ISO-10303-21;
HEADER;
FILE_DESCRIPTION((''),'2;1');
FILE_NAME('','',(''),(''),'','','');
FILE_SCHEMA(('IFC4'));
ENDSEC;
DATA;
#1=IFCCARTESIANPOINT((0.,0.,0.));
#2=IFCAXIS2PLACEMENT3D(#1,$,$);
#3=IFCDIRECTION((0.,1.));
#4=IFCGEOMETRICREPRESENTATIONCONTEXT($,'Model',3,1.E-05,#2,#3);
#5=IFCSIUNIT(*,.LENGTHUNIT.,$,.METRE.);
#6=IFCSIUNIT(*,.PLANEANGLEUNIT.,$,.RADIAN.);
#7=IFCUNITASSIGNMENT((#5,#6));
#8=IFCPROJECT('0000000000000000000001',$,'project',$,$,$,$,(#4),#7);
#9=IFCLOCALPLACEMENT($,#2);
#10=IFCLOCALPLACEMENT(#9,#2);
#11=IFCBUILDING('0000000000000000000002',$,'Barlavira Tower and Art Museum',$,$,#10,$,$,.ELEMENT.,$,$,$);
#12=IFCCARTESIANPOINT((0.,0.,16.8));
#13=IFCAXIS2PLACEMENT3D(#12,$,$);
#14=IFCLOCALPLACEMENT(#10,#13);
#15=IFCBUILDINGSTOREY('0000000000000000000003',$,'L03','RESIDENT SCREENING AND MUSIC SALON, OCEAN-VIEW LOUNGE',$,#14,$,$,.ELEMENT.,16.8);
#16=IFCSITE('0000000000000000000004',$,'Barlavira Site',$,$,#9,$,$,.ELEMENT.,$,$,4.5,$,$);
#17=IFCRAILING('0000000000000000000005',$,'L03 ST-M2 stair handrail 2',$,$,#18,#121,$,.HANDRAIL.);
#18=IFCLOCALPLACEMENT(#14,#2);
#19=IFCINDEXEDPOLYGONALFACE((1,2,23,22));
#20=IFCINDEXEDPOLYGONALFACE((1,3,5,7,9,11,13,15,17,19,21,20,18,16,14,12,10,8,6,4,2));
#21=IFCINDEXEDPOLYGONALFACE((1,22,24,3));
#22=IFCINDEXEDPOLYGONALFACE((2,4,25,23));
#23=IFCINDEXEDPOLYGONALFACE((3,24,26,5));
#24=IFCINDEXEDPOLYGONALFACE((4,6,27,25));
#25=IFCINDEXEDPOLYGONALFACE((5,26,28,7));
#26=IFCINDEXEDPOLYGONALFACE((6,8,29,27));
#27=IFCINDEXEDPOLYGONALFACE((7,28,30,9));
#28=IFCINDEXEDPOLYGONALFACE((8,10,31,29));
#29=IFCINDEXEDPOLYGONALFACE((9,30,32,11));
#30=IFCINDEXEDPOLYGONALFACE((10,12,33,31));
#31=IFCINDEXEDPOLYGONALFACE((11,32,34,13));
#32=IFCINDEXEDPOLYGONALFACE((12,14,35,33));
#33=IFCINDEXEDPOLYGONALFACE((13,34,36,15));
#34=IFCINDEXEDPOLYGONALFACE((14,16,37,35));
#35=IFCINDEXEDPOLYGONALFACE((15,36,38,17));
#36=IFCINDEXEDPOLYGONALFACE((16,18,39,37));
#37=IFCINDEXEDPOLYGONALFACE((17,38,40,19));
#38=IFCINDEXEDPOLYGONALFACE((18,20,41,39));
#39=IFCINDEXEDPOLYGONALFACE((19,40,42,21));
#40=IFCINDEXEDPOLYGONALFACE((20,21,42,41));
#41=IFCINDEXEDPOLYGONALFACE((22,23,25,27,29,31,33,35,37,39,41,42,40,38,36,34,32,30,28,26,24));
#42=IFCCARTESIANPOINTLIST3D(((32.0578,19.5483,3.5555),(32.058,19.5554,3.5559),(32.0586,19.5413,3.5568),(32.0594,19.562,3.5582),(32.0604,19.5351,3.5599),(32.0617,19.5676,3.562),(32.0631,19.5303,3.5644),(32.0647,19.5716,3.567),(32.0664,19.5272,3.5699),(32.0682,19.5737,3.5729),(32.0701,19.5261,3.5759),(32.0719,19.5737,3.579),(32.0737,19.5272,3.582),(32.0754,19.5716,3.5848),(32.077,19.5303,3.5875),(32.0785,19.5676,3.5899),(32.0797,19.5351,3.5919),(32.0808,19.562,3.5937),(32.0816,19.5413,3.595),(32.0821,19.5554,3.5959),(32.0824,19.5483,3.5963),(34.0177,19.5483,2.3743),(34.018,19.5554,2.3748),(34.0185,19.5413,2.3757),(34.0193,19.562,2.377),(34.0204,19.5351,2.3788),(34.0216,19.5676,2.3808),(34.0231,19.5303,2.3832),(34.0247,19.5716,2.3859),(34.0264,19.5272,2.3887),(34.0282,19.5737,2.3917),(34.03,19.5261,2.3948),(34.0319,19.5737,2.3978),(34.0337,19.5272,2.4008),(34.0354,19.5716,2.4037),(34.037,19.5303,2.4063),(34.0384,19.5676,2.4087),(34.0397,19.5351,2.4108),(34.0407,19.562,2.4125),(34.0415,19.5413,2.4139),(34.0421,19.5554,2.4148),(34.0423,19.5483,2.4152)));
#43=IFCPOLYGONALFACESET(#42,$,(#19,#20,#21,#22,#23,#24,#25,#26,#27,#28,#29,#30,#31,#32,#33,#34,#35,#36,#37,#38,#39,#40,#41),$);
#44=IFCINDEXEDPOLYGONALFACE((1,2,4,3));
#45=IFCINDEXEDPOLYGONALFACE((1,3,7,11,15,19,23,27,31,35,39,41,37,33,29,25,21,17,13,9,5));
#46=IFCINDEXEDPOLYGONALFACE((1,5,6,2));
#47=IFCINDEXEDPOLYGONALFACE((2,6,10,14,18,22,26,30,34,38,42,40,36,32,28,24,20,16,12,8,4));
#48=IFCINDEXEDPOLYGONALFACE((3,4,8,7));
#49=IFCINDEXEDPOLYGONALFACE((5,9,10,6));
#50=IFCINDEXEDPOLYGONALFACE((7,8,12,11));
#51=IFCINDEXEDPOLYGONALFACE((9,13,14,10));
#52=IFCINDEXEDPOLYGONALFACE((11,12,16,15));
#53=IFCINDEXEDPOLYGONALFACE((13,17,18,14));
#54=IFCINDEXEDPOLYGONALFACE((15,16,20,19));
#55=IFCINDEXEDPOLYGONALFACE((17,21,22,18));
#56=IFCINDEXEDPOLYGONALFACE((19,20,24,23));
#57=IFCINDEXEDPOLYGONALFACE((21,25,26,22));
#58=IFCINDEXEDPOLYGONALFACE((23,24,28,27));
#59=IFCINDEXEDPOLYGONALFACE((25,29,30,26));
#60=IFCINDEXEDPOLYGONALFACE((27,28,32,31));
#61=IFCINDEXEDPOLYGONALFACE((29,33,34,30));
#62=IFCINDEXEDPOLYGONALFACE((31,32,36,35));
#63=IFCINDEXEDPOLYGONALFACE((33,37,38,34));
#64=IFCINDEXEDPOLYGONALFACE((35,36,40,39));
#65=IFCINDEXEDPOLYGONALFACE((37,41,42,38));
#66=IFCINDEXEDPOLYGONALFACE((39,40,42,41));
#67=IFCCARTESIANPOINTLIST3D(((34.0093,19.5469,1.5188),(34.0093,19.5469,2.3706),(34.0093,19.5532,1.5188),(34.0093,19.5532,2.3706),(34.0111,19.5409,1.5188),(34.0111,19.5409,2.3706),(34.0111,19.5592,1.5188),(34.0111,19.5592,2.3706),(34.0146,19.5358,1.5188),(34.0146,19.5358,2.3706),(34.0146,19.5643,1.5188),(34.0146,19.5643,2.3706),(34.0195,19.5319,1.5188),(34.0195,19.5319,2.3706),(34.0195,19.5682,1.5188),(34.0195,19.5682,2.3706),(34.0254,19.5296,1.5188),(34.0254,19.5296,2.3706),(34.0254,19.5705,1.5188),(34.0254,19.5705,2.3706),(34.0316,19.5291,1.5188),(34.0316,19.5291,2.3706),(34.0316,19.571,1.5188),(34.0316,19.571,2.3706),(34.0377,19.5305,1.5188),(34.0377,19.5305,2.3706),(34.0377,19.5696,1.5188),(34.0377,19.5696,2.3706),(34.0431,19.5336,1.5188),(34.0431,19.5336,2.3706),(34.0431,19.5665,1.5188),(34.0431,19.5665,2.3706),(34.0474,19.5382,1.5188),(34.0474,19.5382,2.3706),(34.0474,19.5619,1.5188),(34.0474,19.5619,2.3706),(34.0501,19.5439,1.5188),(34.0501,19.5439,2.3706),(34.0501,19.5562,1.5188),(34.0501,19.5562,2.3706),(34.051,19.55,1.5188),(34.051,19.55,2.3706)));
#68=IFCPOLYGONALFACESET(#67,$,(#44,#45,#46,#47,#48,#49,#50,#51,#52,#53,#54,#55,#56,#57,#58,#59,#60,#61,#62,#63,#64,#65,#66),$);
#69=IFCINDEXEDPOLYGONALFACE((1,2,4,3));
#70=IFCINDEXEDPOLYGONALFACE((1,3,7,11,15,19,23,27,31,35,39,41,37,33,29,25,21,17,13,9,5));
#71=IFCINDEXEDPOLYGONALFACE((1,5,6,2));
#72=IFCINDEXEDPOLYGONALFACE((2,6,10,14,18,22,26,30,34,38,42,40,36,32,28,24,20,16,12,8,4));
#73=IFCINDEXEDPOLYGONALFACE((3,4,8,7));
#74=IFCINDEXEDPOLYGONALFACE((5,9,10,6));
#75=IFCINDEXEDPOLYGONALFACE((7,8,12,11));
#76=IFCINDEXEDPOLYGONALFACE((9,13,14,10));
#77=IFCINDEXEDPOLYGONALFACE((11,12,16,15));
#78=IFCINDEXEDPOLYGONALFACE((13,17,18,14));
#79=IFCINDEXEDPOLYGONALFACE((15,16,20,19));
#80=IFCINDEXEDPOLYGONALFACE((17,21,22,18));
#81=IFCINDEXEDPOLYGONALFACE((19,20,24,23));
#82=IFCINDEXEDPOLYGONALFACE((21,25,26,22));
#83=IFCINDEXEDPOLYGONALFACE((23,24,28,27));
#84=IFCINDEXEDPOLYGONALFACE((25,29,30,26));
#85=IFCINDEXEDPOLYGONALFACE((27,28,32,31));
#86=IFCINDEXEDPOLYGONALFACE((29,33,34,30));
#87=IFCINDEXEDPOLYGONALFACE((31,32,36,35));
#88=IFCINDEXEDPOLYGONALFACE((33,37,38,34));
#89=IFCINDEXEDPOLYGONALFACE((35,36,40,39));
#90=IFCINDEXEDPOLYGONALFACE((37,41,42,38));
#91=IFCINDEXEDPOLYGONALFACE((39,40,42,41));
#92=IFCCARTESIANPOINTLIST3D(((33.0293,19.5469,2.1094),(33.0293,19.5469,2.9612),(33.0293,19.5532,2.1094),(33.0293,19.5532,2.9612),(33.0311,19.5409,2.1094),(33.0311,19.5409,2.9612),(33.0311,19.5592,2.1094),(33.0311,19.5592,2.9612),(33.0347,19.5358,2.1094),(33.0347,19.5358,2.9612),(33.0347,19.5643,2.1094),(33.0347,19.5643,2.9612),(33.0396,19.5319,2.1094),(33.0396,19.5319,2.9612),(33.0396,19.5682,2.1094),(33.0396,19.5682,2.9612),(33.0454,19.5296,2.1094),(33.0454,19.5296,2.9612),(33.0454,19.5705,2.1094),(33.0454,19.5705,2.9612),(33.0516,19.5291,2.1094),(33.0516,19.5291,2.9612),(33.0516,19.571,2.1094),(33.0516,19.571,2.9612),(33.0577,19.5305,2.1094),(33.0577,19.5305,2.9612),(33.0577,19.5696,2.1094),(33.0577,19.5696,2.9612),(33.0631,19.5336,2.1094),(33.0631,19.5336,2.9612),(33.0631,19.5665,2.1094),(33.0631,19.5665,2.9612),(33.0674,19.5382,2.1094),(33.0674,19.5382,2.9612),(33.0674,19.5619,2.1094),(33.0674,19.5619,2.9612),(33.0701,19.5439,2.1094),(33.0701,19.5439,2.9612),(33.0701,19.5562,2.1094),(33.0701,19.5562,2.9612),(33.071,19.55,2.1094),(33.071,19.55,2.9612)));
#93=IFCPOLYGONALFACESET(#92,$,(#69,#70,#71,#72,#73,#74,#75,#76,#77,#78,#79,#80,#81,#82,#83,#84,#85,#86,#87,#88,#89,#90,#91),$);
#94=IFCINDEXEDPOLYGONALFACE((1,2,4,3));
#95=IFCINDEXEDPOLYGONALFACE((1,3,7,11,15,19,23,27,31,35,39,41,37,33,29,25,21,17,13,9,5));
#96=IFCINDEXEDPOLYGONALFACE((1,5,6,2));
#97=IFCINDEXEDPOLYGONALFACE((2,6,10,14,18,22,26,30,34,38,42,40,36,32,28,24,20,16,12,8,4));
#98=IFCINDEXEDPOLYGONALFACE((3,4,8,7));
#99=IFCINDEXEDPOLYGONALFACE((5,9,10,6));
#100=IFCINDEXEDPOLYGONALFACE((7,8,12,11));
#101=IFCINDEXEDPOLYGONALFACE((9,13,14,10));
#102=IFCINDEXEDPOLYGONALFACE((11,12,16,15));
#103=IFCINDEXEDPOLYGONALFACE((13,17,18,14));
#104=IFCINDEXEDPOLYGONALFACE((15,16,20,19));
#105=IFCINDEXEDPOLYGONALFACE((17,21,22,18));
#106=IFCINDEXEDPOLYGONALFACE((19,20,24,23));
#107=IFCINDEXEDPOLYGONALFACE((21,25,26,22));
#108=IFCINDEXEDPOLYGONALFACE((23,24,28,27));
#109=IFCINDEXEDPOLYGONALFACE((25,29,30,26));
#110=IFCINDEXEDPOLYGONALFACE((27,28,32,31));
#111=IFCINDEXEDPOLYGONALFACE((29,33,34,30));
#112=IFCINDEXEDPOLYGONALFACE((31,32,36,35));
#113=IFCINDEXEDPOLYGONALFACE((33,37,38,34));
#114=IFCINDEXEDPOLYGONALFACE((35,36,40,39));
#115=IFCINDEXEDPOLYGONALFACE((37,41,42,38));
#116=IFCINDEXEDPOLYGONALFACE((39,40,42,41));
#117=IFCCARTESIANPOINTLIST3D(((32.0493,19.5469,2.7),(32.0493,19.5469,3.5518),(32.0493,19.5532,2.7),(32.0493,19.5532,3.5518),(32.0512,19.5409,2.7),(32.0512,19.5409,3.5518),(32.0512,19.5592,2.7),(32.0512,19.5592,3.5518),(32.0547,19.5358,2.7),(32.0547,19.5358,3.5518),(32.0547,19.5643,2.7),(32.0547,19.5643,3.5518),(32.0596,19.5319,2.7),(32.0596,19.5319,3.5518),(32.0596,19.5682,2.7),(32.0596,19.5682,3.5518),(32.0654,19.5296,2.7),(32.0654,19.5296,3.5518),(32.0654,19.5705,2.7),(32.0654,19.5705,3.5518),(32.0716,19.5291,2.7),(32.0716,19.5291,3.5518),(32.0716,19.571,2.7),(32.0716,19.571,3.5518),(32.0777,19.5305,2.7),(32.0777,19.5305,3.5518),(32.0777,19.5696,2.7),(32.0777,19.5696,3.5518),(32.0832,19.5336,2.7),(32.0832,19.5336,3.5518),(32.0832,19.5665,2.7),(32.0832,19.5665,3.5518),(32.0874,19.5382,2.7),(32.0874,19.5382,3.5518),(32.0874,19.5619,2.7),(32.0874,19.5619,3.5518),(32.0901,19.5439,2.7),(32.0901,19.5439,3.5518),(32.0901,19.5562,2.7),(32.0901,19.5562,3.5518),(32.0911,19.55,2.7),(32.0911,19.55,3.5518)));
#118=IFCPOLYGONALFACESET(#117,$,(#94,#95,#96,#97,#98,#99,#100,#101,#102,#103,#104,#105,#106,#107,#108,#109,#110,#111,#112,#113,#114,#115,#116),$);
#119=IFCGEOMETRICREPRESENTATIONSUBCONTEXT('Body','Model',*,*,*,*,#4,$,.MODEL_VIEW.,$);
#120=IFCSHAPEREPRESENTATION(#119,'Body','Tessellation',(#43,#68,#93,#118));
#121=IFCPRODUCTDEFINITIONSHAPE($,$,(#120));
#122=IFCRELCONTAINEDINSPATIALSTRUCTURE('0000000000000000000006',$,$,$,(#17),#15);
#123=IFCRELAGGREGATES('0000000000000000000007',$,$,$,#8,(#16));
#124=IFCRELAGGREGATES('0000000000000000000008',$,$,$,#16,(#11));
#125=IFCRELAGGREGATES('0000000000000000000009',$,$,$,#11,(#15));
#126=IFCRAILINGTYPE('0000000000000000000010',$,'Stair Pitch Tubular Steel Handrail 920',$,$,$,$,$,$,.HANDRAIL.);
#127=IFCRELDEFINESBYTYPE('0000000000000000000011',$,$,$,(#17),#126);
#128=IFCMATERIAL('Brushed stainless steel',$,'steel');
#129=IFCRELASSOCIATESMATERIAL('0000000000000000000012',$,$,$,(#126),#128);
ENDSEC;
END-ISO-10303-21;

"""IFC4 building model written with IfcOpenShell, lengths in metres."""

from ifc_helpers import new_model, si_unit, direction, frame, origin, origin_2d, place, context, subcontext, project, spatial, circle, extrude, material, type_object, element, save


model = new_model("IFC4")

# Units and contexts
model_context = context("Model", 3, precision=1e-05, world=origin(), true_north=direction((0.0, 1.0)))
body_context = subcontext(model_context, "Body", "Model", "MODEL_VIEW")
ifc_project = project(units=[si_unit("LENGTHUNIT", "METRE"), si_unit("PLANEANGLEUNIT", "RADIAN")], contexts=[model_context])

# Site, building, storey
site_placement = place(None, origin())
site = spatial("IfcSite", under=ifc_project, at=site_placement, Name="Barlavira Site", CompositionType="ELEMENT", RefElevation=4.5)
building_placement = place(site_placement, origin())
building = spatial("IfcBuilding", under=site, at=building_placement, Name="Barlavira Tower and Art Museum", CompositionType="ELEMENT")
storey_placement = place(building_placement, frame((0.0, 0.0, 16.8)))
storey = spatial("IfcBuildingStorey", under=building, at=storey_placement, Name="L03", Description="RESIDENT SCREENING AND MUSIC SALON, OCEAN-VIEW LOUNGE", CompositionType="ELEMENT", Elevation=16.8)

# Shared definitions
ifc_material_1 = material(Name="Brushed stainless steel", Category="steel")

# Railing
railing_type_1 = type_object("IfcRailingType", Name="Stair Pitch Tubular Steel Handrail 920", PredefinedType="HANDRAIL", material=ifc_material_1)
railing_1_placement = place(storey_placement, frame((34.03, 19.55, 1.5188)))
element("IfcRailing", 1, at=railing_1_placement, inside=storey, type_object=railing_type_1, Name="L03 ST-M2 stair handrail 2", PredefinedType="HANDRAIL", context=body_context, shape_type="SweptSolid", body=[
    extrude(circle(Radius=0.0239, at=origin_2d()), frame((0.0, 0.0, 0.876), z_axis=(-0.856493, 0.0, 0.516158), x_axis=(0.0, -1.0, 0.0)), (0.0, 0.0, 1.0), 2.2883),
    extrude(circle(Radius=0.021, at=origin_2d()), origin(), (0.0, 0.0, 1.0), 0.8518),
    extrude(circle(Radius=0.021, at=origin_2d()), frame((-0.98, 0.0, 0.5906)), (0.0, 0.0, 1.0), 0.8518),
    extrude(circle(Radius=0.021, at=origin_2d()), frame((-1.96, 0.0, 1.1812)), (0.0, 0.0, 1.0), 0.8518),
])

save(model, "model.ifc")
